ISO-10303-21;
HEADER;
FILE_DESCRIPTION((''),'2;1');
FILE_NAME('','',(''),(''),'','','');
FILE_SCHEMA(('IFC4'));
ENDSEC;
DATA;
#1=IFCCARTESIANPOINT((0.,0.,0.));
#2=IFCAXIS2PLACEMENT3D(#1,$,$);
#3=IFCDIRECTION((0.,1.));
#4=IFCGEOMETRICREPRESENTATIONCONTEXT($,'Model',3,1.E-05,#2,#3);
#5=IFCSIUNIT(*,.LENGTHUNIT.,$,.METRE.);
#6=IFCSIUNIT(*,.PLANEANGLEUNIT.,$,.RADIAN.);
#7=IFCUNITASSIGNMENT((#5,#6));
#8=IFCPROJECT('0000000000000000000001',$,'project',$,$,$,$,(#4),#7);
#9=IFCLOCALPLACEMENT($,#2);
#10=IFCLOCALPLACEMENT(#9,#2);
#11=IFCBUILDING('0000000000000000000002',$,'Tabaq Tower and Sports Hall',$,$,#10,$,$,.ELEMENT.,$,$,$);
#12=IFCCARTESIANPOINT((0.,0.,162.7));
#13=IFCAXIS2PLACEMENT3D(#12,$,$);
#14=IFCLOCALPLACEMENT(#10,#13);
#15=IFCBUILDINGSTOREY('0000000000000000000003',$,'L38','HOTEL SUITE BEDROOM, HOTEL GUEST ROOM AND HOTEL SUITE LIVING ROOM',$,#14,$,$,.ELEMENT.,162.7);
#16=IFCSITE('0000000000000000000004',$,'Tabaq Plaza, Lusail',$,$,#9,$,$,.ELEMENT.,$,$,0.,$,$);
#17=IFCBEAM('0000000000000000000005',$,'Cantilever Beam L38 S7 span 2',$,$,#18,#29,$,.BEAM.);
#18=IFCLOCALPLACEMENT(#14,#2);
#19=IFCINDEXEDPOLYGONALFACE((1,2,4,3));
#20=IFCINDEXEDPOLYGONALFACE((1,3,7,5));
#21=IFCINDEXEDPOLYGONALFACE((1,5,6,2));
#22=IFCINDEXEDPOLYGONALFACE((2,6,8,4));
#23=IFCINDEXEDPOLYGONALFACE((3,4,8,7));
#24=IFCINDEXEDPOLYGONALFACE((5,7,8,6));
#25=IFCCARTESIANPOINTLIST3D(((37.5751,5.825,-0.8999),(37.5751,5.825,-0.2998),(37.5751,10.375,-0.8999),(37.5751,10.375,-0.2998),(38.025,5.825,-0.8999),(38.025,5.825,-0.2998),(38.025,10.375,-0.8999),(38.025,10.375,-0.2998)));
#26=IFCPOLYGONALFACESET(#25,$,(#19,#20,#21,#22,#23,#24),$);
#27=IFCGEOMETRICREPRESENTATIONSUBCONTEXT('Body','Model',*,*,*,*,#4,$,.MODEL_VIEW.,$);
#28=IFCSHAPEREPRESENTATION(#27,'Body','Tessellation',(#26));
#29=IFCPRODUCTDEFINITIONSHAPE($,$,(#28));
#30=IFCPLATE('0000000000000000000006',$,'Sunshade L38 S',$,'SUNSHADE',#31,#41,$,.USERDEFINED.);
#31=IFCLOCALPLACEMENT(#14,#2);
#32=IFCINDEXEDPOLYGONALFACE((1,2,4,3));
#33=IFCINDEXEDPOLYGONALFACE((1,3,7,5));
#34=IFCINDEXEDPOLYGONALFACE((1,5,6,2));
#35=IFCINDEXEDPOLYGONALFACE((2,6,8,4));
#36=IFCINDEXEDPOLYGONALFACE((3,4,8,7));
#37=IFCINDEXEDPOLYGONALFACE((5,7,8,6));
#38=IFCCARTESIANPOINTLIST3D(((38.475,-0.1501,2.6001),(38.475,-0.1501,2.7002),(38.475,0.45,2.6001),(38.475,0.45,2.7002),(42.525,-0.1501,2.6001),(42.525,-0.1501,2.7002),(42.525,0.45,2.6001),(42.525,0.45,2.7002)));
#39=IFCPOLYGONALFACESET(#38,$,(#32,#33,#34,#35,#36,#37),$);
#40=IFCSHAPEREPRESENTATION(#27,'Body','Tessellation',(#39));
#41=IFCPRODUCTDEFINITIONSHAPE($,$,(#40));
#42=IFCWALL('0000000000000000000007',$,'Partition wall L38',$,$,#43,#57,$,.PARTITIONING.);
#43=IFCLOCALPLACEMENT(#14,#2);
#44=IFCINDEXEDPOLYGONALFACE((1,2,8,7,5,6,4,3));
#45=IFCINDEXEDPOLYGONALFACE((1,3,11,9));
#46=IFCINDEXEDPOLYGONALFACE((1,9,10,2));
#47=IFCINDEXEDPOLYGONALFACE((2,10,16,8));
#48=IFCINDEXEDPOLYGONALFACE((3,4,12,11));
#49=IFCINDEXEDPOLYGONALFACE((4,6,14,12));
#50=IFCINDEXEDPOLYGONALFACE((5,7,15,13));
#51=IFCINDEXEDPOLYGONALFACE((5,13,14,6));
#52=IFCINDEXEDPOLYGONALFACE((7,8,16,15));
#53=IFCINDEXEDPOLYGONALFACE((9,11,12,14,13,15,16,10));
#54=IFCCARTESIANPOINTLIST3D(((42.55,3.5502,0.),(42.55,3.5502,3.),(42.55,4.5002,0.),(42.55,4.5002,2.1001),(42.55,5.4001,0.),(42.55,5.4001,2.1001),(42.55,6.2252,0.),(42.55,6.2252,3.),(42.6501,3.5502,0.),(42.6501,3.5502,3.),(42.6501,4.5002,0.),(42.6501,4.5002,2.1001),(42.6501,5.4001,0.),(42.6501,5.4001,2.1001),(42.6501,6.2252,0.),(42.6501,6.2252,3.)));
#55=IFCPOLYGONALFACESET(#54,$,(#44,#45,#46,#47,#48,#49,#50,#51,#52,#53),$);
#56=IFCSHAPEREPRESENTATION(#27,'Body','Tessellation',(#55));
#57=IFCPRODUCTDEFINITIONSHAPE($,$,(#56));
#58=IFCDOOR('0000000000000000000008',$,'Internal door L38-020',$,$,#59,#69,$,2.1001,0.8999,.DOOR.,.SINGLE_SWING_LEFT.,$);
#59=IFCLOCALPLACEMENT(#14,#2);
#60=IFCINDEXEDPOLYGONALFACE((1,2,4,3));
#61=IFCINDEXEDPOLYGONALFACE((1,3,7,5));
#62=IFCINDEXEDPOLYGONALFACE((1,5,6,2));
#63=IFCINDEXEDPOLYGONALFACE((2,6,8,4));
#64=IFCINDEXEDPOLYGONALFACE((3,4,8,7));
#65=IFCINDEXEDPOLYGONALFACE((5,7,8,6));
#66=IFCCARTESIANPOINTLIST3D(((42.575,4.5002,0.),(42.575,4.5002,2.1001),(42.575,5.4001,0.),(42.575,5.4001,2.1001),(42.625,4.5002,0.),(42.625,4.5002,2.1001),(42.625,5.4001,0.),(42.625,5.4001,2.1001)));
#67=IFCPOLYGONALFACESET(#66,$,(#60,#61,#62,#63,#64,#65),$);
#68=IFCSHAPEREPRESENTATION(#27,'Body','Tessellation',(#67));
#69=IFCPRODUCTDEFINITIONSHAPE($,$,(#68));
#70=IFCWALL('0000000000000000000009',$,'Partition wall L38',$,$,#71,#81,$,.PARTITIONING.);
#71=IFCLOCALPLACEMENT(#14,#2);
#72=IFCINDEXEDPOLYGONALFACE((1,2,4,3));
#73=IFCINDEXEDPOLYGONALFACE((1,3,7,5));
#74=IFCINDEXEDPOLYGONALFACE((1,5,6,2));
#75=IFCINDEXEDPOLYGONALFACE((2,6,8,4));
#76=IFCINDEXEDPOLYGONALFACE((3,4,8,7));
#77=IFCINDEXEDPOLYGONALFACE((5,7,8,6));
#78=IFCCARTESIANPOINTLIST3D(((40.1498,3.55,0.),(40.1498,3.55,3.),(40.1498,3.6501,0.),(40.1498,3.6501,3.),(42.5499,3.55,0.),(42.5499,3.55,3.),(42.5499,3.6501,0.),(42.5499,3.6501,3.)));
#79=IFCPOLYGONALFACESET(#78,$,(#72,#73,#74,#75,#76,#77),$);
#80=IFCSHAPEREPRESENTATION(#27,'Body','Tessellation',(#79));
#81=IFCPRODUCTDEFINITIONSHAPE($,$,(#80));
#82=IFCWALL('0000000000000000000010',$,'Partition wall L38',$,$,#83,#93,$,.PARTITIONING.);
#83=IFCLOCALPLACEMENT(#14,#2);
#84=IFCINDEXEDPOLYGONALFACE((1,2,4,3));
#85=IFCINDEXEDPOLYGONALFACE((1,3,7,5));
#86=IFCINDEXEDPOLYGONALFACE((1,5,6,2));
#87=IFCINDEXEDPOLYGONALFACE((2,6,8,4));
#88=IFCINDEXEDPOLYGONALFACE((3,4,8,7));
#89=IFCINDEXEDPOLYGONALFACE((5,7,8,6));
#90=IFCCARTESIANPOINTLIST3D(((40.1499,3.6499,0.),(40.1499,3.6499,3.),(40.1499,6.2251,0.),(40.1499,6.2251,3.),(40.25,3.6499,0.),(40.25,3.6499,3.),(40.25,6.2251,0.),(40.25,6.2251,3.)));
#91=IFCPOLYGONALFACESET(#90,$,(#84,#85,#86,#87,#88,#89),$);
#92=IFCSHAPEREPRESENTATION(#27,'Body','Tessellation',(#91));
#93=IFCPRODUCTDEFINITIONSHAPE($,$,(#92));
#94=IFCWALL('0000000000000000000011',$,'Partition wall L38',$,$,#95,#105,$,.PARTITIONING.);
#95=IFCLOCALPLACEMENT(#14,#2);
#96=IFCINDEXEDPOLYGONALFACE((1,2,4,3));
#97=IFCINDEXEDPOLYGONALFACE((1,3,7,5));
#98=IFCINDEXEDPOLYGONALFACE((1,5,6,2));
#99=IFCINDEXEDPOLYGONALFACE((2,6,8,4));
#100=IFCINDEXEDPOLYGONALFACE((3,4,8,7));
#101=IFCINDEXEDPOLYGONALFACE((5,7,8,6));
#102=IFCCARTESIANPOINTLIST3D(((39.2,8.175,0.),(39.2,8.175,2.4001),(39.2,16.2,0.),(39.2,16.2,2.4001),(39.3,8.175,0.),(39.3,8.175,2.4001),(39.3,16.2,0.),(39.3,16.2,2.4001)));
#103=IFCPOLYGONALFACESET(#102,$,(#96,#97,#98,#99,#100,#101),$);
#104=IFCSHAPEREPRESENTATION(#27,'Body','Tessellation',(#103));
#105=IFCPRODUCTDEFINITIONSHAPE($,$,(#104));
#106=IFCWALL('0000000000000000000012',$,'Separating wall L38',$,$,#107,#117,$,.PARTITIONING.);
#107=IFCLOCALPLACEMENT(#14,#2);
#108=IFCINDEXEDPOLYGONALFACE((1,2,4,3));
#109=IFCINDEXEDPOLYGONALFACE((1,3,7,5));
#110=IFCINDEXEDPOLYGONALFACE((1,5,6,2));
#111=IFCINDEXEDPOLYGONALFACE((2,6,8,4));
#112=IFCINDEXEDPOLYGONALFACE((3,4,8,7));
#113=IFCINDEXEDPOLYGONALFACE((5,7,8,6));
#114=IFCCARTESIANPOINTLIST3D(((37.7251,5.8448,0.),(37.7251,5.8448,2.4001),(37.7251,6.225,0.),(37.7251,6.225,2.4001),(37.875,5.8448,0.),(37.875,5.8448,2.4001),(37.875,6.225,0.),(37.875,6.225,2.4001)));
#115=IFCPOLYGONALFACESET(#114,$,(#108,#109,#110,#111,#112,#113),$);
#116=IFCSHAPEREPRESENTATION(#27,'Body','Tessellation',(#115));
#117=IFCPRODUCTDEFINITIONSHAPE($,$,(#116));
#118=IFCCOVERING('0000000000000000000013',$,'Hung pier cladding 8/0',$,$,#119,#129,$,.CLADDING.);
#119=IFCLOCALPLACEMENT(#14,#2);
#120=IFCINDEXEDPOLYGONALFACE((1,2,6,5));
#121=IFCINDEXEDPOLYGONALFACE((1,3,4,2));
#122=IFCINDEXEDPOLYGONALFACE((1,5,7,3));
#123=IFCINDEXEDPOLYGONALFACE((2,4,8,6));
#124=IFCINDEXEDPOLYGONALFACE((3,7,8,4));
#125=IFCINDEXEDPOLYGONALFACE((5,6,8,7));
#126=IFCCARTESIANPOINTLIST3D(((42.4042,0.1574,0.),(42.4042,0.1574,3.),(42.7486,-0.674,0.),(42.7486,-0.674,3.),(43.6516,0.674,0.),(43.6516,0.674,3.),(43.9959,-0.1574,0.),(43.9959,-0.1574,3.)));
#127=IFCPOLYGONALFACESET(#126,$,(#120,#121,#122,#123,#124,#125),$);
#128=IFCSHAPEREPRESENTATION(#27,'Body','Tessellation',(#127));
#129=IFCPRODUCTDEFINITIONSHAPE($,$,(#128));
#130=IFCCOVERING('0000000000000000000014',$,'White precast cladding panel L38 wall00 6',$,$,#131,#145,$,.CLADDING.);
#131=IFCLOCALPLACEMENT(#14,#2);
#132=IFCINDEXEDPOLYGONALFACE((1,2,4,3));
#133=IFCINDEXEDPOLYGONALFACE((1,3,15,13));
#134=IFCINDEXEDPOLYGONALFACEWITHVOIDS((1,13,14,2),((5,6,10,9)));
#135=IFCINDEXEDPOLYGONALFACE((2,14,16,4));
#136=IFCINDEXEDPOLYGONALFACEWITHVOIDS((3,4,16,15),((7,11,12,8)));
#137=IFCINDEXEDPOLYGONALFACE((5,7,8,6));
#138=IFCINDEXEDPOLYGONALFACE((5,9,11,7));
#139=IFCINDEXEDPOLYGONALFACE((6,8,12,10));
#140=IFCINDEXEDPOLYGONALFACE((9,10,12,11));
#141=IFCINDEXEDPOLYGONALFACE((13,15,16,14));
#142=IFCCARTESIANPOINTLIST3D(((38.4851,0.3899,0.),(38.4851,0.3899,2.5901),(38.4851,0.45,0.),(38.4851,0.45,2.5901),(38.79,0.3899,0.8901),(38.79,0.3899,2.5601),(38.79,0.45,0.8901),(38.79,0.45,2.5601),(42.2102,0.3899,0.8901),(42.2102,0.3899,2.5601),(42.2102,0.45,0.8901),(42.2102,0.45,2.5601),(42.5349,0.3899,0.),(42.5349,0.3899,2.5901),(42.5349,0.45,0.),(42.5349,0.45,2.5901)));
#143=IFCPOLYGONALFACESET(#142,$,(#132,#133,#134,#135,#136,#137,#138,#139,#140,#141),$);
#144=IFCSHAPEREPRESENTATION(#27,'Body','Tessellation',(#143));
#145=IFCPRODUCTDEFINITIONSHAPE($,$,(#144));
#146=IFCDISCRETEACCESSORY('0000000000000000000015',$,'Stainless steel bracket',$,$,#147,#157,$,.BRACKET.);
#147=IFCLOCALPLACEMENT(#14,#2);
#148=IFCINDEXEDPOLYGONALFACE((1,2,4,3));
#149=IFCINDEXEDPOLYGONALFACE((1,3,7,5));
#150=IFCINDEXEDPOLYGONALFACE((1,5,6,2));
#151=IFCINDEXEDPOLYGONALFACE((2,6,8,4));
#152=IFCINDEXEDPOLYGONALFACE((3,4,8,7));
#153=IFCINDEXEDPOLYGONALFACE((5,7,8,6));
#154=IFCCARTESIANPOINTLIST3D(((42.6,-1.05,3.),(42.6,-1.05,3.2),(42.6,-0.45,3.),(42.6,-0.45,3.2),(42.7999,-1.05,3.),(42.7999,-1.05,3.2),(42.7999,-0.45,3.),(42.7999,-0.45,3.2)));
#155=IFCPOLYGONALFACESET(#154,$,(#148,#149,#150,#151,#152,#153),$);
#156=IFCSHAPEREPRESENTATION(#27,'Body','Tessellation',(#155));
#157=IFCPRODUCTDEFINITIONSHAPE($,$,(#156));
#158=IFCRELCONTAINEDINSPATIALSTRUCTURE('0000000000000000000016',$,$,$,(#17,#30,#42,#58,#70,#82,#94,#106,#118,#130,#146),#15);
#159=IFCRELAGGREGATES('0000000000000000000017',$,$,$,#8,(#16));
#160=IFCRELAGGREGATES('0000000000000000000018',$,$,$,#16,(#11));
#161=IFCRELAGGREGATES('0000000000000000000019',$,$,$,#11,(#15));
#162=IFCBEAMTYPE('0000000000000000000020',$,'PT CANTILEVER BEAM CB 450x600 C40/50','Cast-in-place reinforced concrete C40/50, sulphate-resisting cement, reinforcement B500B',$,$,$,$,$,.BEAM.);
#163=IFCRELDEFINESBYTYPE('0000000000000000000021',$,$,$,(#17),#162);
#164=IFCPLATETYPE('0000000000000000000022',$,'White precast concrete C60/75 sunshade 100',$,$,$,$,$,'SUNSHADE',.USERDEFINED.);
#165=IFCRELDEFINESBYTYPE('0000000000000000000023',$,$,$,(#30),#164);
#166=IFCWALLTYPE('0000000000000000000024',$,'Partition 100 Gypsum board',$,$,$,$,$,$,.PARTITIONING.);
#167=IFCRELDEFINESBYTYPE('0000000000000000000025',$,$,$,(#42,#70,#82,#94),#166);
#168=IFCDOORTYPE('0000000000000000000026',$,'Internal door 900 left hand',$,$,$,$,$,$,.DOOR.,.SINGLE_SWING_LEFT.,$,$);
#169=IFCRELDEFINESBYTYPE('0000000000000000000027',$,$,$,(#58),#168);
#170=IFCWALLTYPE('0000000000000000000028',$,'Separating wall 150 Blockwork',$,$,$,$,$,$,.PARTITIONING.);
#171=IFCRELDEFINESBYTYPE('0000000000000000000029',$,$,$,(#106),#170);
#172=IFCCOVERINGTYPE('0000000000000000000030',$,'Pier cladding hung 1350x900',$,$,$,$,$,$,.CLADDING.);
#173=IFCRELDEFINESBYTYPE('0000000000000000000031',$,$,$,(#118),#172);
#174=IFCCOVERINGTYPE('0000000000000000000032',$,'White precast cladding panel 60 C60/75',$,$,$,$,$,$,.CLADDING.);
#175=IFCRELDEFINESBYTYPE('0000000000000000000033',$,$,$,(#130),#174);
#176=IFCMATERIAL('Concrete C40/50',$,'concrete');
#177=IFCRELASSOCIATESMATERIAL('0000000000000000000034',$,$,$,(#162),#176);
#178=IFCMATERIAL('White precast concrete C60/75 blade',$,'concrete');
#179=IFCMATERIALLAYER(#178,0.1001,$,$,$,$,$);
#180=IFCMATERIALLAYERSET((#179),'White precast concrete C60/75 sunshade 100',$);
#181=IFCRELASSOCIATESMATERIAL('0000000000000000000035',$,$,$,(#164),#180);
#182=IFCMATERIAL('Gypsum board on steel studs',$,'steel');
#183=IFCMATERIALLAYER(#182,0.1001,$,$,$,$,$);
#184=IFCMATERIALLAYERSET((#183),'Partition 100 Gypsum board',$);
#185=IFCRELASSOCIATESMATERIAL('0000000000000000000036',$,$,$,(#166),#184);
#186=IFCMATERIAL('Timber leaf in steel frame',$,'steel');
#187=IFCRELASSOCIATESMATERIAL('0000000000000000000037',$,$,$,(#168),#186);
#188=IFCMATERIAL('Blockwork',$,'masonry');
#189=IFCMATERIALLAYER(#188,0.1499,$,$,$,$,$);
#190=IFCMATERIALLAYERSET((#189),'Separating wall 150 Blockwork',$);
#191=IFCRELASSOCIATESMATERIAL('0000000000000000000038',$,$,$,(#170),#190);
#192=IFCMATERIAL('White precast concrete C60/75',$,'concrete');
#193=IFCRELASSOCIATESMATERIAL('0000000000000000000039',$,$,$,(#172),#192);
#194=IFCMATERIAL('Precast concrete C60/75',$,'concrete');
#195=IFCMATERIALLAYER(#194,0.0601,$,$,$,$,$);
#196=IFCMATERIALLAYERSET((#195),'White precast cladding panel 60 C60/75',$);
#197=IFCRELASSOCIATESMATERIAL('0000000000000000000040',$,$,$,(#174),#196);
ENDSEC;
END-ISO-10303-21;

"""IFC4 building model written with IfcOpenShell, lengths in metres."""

from ifc_helpers import new_model, si_unit, direction, frame, frame_2d, origin, origin_2d, place, context, subcontext, project, spatial, polyline, rectangle, outline, extrude, material, layer, layer_set, material_profile, profile_set, type_object, element, fill, save


model = new_model("IFC4")

# Units and contexts
model_context = context("Model", 3, precision=1e-05, world=origin(), true_north=direction((0.0, 1.0)))
body_context = subcontext(model_context, "Body", "Model", "MODEL_VIEW")
ifc_project = project(units=[si_unit("LENGTHUNIT", "METRE"), si_unit("PLANEANGLEUNIT", "RADIAN")], contexts=[model_context])

# Site, building, storey
site_placement = place(None, origin())
site = spatial("IfcSite", under=ifc_project, at=site_placement, Name="Tabaq Plaza, Lusail", CompositionType="ELEMENT", RefElevation=0.0)
building_placement = place(site_placement, origin())
building = spatial("IfcBuilding", under=site, at=building_placement, Name="Tabaq Tower and Sports Hall", CompositionType="ELEMENT")
storey_placement = place(building_placement, frame((0.0, 0.0, 162.7)))
storey = spatial("IfcBuildingStorey", under=building, at=storey_placement, Name="L38", Description="HOTEL SUITE BEDROOM, HOTEL GUEST ROOM AND HOTEL SUITE LIVING ROOM", CompositionType="ELEMENT", Elevation=162.7)

# Beam
ifc_material_1 = material(Name="Concrete C40/50", Category="concrete")
ifc_material_profile = material_profile(ifc_material_1, rectangle(XDim=0.45, YDim=0.6001, at=origin_2d()), Name="CB 450x600")
ifc_profile_set = profile_set([ifc_material_profile], Name="Concrete C40/50")
beam_type = type_object("IfcBeamType", Name="PT CANTILEVER BEAM CB 450x600 C40/50", Description="Cast-in-place reinforced concrete C40/50, sulphate-resisting cement, reinforcement B500B", PredefinedType="BEAM", material=ifc_profile_set)
beam_placement = place(storey_placement, frame((37.8, 5.825, -0.5999), z_axis=(0.0, 1.0, 0.0), x_axis=(-1.0, 0.0, 0.0)))
element("IfcBeam", 1, at=beam_placement, inside=storey, type_object=beam_type, Name="Cantilever Beam L38 S7 span 2", PredefinedType="BEAM", context=body_context, shape_type="SweptSolid", body=[
    extrude(rectangle(XDim=0.45, YDim=0.6001, at=origin_2d()), origin(), (0.0, 0.0, 1.0), 4.55),
])

# Plate
ifc_material_2 = material(Name="White precast concrete C60/75 blade", Category="concrete")
ifc_layer_1 = layer(ifc_material_2, 0.1001)
ifc_layer_set_1 = layer_set([ifc_layer_1], Name="White precast concrete C60/75 sunshade 100")
plate_type = type_object("IfcPlateType", Name="White precast concrete C60/75 sunshade 100", ElementType="SUNSHADE", PredefinedType="USERDEFINED", material=ifc_layer_set_1)
plate_placement = place(storey_placement, frame((40.5, 0.1499, 2.6001), z_axis=(0.0, 0.0, 1.0), x_axis=(1.0, 0.0, 0.0)))
element("IfcPlate", 2, at=plate_placement, inside=storey, type_object=plate_type, Name="Sunshade L38 S", ObjectType="SUNSHADE", PredefinedType="USERDEFINED", context=body_context, shape_type="SweptSolid", body=[
    extrude(rectangle(XDim=4.05, YDim=0.6001, at=origin_2d()), origin(), (0.0, 0.0, 1.0), 0.1001),
])

# Wall, opening, door
ifc_material_3 = material(Name="Gypsum board on steel studs", Category="steel")
ifc_layer_2 = layer(ifc_material_3, 0.1001)
ifc_layer_set_2 = layer_set([ifc_layer_2], Name="Partition 100 Gypsum board")
wall_type_1 = type_object("IfcWallType", Name="Partition 100 Gypsum board", PredefinedType="PARTITIONING", material=ifc_layer_set_2)
wall_1_placement = place(storey_placement, frame((42.6001, 6.2251, 0.0), z_axis=(0.0, 0.0, 1.0), x_axis=(0.0, -1.0, 0.0)))
wall_1 = element("IfcWall", 3, at=wall_1_placement, inside=storey, type_object=wall_type_1, Name="Partition wall L38", PredefinedType="PARTITIONING", context=body_context, shape_type="SweptSolid", body=[
    extrude(rectangle(XDim=2.675, YDim=0.1001, at=frame_2d((1.3374, 0.0))), origin(), (0.0, 0.0, 1.0), 3.0),
])
opening_placement = place(wall_1_placement, frame((0.825, 0.0, 0.0)))
opening = element("IfcOpeningElement", 4, at=opening_placement, cuts=wall_1, PredefinedType="OPENING", context=body_context, shape_type="SweptSolid", body=[
    extrude(rectangle(XDim=0.8999, YDim=2.1001, at=frame_2d((0.45, 1.05))), frame((0.0, 0.05, 0.0), z_axis=(0.0, -1.0, 0.0), x_axis=(1.0, 0.0, 0.0)), (0.0, 0.0, 1.0), 0.1001),
])
ifc_material_4 = material(Name="Timber leaf in steel frame", Category="steel")
door_type = type_object("IfcDoorType", Name="Internal door 900 left hand", OperationType="SINGLE_SWING_LEFT", PredefinedType="DOOR", material=ifc_material_4)
door_placement = place(opening_placement, origin())
door = element("IfcDoor", 5, at=door_placement, inside=storey, type_object=door_type, Name="Internal door L38-020", OperationType="SINGLE_SWING_LEFT", OverallHeight=2.1001, OverallWidth=0.8999, PredefinedType="DOOR", context=body_context, shape_type="SweptSolid", body=[
    extrude(rectangle(XDim=0.8999, YDim=2.1001, at=frame_2d((0.45, 1.05))), frame((0.0, 0.0249, 0.0), z_axis=(0.0, -1.0, 0.0), x_axis=(1.0, 0.0, 0.0)), (0.0, 0.0, 1.0), 0.05),
])
fill(opening, door)

# Walls
wall_2_placement = place(storey_placement, frame((42.55, 3.6001, 0.0), z_axis=(0.0, 0.0, 1.0), x_axis=(-1.0, 0.0, 0.0)))
element("IfcWall", 6, at=wall_2_placement, inside=storey, type_object=wall_type_1, Name="Partition wall L38", PredefinedType="PARTITIONING", context=body_context, shape_type="SweptSolid", body=[
    extrude(rectangle(XDim=2.4001, YDim=0.1001, at=frame_2d((1.2002, 0.0))), origin(), (0.0, 0.0, 1.0), 3.0),
])
wall_3_placement = place(storey_placement, frame((40.2, 3.6499, 0.0), z_axis=(0.0, 0.0, 1.0), x_axis=(0.0, 1.0, 0.0)))
element("IfcWall", 7, at=wall_3_placement, inside=storey, type_object=wall_type_1, Name="Partition wall L38", PredefinedType="PARTITIONING", context=body_context, shape_type="SweptSolid", body=[
    extrude(rectangle(XDim=2.5752, YDim=0.1001, at=frame_2d((1.2876, 0.0))), origin(), (0.0, 0.0, 1.0), 3.0),
])
wall_4_placement = place(storey_placement, frame((39.25, 8.175, 0.0), z_axis=(0.0, 0.0, 1.0), x_axis=(0.0, 1.0, 0.0)))
element("IfcWall", 8, at=wall_4_placement, inside=storey, type_object=wall_type_1, Name="Partition wall L38", PredefinedType="PARTITIONING", context=body_context, shape_type="SweptSolid", body=[
    extrude(rectangle(XDim=8.0249, YDim=0.1001, at=frame_2d((4.0125, 0.0))), origin(), (0.0, 0.0, 1.0), 2.4001),
])
ifc_material_5 = material(Name="Blockwork", Category="masonry")
ifc_layer_3 = layer(ifc_material_5, 0.1499)
ifc_layer_set_3 = layer_set([ifc_layer_3], Name="Separating wall 150 Blockwork")
wall_type_2 = type_object("IfcWallType", Name="Separating wall 150 Blockwork", PredefinedType="PARTITIONING", material=ifc_layer_set_3)
wall_5_placement = place(storey_placement, frame((37.8, 5.845, 0.0), z_axis=(0.0, 0.0, 1.0), x_axis=(0.0, 1.0, 0.0)))
element("IfcWall", 9, at=wall_5_placement, inside=storey, type_object=wall_type_2, Name="Separating wall L38", PredefinedType="PARTITIONING", context=body_context, shape_type="SweptSolid", body=[
    extrude(rectangle(XDim=0.3801, YDim=0.1499, at=frame_2d((0.1899, 0.0))), origin(), (0.0, 0.0, 1.0), 2.4001),
])

# Coverings
ifc_material_6 = material(Name="White precast concrete C60/75", Category="concrete")
covering_type_1 = type_object("IfcCoveringType", Name="Pier cladding hung 1350x900", PredefinedType="CLADDING", material=ifc_material_6)
covering_1_placement = place(storey_placement, frame((42.5764, -0.2583, 0.0), z_axis=(0.0, 0.0, 1.0), x_axis=(0.923893, 0.38265, 0.0)))
element("IfcCovering", 10, at=covering_1_placement, inside=storey, type_object=covering_type_1, Name="Hung pier cladding 8/0", PredefinedType="CLADDING", context=body_context, shape_type="SweptSolid", body=[
    extrude(rectangle(XDim=1.3501, YDim=0.8999, at=frame_2d((0.675, 0.0))), origin(), (0.0, 0.0, 1.0), 3.0),
])
ifc_material_7 = material(Name="Precast concrete C60/75", Category="concrete")
ifc_layer_4 = layer(ifc_material_7, 0.0601)
ifc_layer_set_4 = layer_set([ifc_layer_4], Name="White precast cladding panel 60 C60/75")
covering_type_2 = type_object("IfcCoveringType", Name="White precast cladding panel 60 C60/75", PredefinedType="CLADDING", material=ifc_layer_set_4)
covering_2_placement = place(storey_placement, frame((38.4851, 0.4199, 0.0), z_axis=(0.0, 0.0, 1.0), x_axis=(1.0, 0.0, 0.0)))
element("IfcCovering", 11, at=covering_2_placement, inside=storey, type_object=covering_type_2, Name="White precast cladding panel L38 wall00 6", PredefinedType="CLADDING", context=body_context, shape_type="SweptSolid", body=[
    extrude(outline(polyline([(0.0, 0.0), (4.0498, 0.0), (4.0498, 2.5901), (0.0, 2.5901), (0.0, 0.0)]), holes=[polyline([(3.7251, 0.8901), (0.3049, 0.8901), (0.3049, 2.5601), (3.7251, 2.5601), (3.7251, 0.8901)])]), frame((0.0, 0.03, 0.0), z_axis=(0.0, -1.0, 0.0), x_axis=(1.0, 0.0, 0.0)), (0.0, 0.0, 1.0), 0.0601),
])

# Discrete accessory
discrete_accessory_placement = place(storey_placement, frame((42.7, -0.75, 3.0), z_axis=(0.0, 0.0, 1.0), x_axis=(0.0, -1.0, 0.0)))
element("IfcDiscreteAccessory", 12, at=discrete_accessory_placement, inside=storey, Name="Stainless steel bracket", PredefinedType="BRACKET", context=body_context, shape_type="SweptSolid", body=[
    extrude(rectangle(XDim=0.6001, YDim=0.2, at=origin_2d()), origin(), (0.0, 0.0, 1.0), 0.2),
])

save(model, "model.ifc")
